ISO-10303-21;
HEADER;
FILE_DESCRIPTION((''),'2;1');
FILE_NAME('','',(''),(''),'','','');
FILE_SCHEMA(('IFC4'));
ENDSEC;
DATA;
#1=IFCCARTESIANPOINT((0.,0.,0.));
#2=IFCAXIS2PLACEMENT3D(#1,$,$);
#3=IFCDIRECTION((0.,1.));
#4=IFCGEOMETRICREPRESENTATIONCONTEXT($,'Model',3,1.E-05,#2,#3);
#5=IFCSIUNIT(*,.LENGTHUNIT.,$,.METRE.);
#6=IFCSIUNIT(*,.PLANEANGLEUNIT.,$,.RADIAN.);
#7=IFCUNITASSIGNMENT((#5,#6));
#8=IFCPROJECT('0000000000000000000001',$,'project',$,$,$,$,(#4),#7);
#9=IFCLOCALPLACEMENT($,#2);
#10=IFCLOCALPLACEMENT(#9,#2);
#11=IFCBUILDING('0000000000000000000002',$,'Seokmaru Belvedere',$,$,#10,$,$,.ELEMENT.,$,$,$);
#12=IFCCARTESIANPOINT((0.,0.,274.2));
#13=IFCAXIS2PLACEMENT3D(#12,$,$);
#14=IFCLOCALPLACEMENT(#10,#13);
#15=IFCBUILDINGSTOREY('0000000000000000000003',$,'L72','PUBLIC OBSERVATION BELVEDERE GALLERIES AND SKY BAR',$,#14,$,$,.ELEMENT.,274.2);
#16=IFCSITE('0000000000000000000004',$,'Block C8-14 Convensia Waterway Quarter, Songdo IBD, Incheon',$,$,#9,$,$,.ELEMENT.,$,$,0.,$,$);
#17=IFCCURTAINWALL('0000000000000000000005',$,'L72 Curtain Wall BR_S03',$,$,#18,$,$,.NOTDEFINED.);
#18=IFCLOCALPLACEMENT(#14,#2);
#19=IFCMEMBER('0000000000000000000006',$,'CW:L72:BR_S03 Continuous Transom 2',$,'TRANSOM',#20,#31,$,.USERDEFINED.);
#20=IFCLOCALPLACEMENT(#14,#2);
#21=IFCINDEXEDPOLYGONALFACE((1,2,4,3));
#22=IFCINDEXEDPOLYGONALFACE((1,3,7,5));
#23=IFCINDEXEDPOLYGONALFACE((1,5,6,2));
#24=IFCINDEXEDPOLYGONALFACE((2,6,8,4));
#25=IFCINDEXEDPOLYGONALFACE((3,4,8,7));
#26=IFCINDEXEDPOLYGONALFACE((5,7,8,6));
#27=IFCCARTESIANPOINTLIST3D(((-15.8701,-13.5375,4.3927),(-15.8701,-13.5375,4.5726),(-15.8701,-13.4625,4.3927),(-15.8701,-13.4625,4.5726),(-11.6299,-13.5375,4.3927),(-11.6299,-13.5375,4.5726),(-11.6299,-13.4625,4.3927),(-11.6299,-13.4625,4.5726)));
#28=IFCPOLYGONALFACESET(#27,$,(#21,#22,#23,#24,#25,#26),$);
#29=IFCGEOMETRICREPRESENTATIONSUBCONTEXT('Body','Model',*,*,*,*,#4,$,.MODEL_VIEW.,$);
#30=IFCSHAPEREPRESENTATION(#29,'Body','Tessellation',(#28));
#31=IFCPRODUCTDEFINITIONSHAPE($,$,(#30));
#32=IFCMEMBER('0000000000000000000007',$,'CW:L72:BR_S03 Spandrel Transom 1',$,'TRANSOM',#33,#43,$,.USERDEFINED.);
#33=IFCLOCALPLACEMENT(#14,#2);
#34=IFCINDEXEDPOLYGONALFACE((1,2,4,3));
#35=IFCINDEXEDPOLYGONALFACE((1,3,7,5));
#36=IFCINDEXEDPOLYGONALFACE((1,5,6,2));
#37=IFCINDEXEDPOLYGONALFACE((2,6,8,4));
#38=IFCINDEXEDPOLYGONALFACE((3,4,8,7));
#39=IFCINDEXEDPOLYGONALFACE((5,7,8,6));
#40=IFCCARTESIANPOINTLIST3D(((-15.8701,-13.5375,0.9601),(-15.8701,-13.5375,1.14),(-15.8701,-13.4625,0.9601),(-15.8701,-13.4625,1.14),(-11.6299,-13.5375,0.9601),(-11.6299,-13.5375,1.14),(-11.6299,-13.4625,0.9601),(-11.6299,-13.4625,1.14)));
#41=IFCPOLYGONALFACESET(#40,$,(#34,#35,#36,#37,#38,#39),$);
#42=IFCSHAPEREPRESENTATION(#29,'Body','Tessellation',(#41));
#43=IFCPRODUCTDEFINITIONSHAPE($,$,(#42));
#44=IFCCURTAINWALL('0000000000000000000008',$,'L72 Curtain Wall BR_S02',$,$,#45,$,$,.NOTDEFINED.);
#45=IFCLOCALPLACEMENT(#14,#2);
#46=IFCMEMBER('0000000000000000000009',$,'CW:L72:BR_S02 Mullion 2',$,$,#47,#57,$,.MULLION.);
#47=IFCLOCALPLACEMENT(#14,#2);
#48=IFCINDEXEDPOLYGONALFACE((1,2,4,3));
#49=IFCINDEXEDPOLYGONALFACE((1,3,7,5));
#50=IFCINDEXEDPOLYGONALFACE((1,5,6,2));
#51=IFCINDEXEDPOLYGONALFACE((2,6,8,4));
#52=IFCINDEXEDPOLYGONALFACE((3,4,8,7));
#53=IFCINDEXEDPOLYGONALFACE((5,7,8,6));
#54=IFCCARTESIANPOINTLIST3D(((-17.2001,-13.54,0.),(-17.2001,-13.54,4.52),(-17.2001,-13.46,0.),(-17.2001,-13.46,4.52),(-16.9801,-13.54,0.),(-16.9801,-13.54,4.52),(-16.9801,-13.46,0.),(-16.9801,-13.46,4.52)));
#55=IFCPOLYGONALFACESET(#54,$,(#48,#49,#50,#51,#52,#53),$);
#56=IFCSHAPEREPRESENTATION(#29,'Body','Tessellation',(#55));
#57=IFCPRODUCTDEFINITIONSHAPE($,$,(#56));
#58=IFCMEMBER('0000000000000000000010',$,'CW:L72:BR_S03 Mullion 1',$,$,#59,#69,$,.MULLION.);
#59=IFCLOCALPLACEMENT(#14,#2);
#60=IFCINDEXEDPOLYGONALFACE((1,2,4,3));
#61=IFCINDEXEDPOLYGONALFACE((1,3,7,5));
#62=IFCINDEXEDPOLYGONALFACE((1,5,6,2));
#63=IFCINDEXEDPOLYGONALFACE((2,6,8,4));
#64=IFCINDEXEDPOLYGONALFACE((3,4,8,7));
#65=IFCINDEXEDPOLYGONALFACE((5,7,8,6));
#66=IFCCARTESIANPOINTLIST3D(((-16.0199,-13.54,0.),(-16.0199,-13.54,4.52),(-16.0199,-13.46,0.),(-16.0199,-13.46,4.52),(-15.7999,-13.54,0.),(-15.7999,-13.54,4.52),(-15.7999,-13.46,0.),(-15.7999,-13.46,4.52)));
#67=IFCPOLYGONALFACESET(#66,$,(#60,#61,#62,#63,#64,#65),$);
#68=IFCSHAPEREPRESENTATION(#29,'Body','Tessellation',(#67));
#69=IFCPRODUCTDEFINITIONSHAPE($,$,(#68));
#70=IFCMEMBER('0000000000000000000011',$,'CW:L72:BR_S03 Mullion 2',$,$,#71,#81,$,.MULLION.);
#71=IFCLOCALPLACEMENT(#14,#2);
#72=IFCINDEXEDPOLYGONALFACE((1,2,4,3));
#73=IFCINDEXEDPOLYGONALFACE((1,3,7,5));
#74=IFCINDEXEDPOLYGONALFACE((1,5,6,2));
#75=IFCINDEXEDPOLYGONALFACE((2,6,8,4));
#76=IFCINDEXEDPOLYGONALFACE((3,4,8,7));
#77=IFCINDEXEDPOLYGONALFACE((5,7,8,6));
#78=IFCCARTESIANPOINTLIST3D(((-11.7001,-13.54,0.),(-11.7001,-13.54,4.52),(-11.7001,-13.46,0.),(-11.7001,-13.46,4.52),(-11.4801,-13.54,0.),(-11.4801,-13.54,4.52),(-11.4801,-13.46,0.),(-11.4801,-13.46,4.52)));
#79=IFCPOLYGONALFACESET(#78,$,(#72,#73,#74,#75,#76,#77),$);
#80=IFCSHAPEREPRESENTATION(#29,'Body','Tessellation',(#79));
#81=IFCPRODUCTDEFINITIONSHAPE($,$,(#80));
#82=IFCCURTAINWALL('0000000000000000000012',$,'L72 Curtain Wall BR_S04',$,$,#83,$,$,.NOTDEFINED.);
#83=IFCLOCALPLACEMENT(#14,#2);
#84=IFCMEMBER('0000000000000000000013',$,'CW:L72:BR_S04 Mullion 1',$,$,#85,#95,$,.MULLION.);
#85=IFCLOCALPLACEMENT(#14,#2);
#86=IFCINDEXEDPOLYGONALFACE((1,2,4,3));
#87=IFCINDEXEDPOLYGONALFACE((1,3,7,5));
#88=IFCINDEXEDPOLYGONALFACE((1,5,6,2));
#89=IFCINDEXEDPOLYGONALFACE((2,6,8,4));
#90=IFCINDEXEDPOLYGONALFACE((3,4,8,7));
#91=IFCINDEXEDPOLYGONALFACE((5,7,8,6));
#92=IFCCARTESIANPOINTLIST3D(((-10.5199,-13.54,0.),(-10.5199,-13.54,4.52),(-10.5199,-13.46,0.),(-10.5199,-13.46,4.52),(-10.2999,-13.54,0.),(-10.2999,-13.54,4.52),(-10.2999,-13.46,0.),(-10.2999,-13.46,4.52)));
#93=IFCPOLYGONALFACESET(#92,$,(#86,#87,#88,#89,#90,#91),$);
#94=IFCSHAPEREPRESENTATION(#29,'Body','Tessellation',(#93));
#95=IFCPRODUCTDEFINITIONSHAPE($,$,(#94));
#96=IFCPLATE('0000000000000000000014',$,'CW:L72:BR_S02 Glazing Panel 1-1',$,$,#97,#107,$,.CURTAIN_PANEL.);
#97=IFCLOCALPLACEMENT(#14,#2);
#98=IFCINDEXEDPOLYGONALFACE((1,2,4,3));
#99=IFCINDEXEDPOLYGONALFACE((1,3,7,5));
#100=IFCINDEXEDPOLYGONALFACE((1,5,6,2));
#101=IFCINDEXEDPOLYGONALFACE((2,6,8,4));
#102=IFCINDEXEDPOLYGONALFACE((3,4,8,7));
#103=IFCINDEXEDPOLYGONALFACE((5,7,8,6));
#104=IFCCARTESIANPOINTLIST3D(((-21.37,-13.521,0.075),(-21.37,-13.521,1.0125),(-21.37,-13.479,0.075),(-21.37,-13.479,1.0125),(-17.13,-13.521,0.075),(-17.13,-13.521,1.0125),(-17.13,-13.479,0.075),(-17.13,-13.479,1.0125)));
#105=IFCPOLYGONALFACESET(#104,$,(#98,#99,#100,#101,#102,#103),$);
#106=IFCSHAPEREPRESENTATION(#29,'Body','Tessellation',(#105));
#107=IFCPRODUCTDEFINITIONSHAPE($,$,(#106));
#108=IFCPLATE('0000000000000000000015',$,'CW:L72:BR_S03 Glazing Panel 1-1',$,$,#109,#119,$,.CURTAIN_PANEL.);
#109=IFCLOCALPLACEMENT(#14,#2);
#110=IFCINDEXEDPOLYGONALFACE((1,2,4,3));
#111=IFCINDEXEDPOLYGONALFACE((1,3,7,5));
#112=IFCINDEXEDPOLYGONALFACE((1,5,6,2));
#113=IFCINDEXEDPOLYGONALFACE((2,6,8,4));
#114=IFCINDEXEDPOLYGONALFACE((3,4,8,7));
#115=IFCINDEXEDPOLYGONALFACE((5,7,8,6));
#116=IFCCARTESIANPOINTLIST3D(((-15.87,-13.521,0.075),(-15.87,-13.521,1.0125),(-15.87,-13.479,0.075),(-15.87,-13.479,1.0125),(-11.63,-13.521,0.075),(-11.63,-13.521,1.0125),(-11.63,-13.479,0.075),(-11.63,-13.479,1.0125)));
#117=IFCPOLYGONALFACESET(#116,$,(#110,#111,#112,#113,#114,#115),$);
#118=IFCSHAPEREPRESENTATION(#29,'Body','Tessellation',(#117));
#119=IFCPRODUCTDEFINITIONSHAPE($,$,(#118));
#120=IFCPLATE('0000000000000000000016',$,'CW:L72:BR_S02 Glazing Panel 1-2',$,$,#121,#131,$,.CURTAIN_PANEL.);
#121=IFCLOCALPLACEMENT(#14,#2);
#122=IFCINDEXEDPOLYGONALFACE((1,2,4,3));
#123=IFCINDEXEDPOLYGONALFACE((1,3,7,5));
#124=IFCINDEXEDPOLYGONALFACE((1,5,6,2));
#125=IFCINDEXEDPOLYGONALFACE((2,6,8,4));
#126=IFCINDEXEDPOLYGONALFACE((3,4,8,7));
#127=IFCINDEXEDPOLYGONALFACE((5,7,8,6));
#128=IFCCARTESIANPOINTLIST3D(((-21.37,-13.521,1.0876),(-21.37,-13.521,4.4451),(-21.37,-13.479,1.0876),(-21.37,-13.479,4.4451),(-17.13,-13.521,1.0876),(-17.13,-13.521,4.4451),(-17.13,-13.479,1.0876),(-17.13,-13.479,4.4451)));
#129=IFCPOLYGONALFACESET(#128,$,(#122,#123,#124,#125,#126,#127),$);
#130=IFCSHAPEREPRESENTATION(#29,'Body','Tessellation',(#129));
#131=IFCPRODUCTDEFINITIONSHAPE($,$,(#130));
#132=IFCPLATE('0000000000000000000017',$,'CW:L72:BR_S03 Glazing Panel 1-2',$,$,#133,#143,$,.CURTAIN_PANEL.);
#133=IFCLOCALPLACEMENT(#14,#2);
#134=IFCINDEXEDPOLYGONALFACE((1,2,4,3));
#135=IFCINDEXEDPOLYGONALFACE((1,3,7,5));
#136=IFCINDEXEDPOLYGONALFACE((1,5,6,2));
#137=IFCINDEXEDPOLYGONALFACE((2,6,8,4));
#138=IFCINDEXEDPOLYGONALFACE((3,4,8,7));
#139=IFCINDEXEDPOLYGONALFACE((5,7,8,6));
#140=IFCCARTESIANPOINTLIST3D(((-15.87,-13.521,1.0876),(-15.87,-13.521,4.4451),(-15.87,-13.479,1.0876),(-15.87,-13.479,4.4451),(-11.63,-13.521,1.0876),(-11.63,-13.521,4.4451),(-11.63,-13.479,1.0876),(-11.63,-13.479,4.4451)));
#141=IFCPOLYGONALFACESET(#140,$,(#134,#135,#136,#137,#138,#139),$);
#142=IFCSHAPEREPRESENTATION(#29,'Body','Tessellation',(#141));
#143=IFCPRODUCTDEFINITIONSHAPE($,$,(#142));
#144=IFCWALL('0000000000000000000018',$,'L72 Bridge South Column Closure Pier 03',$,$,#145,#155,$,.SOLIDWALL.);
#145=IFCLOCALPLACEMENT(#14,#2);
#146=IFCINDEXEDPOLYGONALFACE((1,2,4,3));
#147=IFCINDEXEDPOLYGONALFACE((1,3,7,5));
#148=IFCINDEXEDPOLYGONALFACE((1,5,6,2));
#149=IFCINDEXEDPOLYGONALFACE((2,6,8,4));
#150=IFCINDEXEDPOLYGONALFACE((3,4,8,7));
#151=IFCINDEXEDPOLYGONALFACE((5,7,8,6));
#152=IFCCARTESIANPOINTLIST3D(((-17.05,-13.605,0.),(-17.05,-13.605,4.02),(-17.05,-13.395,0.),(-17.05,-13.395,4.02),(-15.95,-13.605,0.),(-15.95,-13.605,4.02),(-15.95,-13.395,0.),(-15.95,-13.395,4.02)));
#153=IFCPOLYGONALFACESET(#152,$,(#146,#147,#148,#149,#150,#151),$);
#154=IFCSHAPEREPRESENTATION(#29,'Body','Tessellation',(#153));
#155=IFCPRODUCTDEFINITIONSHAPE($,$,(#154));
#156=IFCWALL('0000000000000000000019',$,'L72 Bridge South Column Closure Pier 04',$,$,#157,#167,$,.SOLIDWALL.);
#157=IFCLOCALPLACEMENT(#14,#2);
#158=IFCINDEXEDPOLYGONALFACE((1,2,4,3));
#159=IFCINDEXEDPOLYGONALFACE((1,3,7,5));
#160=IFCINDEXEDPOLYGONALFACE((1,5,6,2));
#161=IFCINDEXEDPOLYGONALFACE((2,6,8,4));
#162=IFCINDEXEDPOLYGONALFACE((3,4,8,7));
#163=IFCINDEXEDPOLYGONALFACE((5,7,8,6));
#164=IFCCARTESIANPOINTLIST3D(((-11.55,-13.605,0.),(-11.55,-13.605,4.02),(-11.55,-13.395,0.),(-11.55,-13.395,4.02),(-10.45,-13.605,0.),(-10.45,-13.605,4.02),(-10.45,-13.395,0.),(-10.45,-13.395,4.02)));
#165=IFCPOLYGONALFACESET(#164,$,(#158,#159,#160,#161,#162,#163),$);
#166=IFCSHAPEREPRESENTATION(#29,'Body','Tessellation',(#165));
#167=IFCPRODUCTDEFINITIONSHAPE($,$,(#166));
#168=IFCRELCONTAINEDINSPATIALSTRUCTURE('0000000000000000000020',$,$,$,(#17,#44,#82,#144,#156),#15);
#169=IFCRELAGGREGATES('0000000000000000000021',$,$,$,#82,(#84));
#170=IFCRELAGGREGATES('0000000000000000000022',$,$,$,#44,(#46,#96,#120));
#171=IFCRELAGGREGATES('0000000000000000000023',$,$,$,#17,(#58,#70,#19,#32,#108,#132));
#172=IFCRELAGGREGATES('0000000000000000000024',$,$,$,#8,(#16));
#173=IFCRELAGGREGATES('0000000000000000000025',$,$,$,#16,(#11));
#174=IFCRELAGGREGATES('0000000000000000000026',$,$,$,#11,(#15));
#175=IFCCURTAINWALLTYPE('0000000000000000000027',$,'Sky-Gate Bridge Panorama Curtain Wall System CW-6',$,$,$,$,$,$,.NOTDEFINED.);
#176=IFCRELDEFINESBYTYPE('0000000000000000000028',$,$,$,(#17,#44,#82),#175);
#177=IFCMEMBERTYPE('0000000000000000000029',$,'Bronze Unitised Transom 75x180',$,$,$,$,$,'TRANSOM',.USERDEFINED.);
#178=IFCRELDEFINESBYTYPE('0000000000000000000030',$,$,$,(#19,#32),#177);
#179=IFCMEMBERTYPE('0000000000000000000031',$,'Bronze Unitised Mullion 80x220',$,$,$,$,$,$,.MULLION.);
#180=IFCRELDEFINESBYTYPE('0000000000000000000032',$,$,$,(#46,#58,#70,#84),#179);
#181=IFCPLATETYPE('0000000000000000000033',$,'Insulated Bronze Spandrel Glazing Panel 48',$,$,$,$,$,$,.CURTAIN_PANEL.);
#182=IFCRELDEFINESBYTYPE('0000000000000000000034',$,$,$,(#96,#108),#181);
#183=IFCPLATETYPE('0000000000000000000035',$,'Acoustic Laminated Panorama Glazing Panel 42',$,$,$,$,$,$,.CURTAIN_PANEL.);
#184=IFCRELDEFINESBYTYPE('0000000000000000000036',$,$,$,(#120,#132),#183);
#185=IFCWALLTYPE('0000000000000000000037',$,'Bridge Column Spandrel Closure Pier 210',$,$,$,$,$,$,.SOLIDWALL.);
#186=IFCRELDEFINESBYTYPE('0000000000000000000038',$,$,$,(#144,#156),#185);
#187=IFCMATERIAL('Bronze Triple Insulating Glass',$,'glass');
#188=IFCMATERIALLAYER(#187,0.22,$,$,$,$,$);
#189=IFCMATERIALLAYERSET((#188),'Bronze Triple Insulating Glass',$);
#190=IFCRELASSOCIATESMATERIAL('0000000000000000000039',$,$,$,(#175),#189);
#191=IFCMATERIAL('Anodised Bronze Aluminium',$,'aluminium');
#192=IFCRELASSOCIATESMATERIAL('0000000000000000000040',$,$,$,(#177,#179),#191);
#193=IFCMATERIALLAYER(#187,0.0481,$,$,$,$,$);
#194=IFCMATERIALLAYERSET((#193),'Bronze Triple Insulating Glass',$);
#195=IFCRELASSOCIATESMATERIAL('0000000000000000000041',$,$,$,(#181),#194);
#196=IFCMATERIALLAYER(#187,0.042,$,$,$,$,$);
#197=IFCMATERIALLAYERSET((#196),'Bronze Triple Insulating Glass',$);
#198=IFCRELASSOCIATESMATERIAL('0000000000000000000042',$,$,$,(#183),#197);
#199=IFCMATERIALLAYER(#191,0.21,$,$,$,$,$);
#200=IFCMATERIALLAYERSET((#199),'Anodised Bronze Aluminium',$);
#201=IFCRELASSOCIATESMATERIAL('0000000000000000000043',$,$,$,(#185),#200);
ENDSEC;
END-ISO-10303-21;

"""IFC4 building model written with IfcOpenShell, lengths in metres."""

from ifc_helpers import new_model, si_unit, direction, frame, frame_2d, origin, origin_2d, place, context, subcontext, project, spatial, rectangle, extrude, source, transform, mapped, material, layer, layer_set, material_profile, profile_set, type_object, type_shapes, element, aggregate, save


model = new_model("IFC4")

# Units and contexts
model_context = context("Model", 3, precision=1e-05, world=origin(), true_north=direction((0.0, 1.0)))
body_context = subcontext(model_context, "Body", "Model", "MODEL_VIEW")
ifc_project = project(units=[si_unit("LENGTHUNIT", "METRE"), si_unit("PLANEANGLEUNIT", "RADIAN")], contexts=[model_context])

# Site, building, storey
site_placement = place(None, origin())
site = spatial("IfcSite", under=ifc_project, at=site_placement, Name="Block C8-14 Convensia Waterway Quarter, Songdo IBD, Incheon", CompositionType="ELEMENT", RefElevation=0.0)
building_placement = place(site_placement, origin())
building = spatial("IfcBuilding", under=site, at=building_placement, Name="Seokmaru Belvedere", CompositionType="ELEMENT")
storey_placement = place(building_placement, frame((0.0, 0.0, 274.2)))
storey = spatial("IfcBuildingStorey", under=building, at=storey_placement, Name="L72", Description="PUBLIC OBSERVATION BELVEDERE GALLERIES AND SKY BAR", CompositionType="ELEMENT", Elevation=274.2)

# Curtain wall, members
ifc_material_1 = material(Name="Bronze Triple Insulating Glass", Category="glass")
ifc_layer_1 = layer(ifc_material_1, 0.22)
ifc_layer_set_1 = layer_set([ifc_layer_1], Name="Bronze Triple Insulating Glass")
curtain_wall_type = type_object("IfcCurtainWallType", Name="Sky-Gate Bridge Panorama Curtain Wall System CW-6", PredefinedType="NOTDEFINED", material=ifc_layer_set_1)
curtain_wall_1_placement = place(storey_placement, origin())
curtain_wall_1 = element("IfcCurtainWall", 1, at=curtain_wall_1_placement, inside=storey, type_object=curtain_wall_type, Name="L72 Curtain Wall BR_S03", PredefinedType="NOTDEFINED")
ifc_material_2 = material(Name="Anodised Bronze Aluminium", Category="aluminium")
ifc_material_profile_1 = material_profile(ifc_material_2, rectangle(XDim=0.075, YDim=0.1799, at=origin_2d()), Name="CW-T-75x180")
ifc_profile_set_1 = profile_set([ifc_material_profile_1], Name="Anodised Bronze Aluminium")
member_type_1 = type_object("IfcMemberType", Name="Bronze Unitised Transom 75x180", ElementType="TRANSOM", PredefinedType="USERDEFINED", material=ifc_profile_set_1)
shared_shape_1 = source(origin(), body_context, "Body", "SweptSolid", [
    extrude(rectangle(XDim=0.075, YDim=0.1799, at=origin_2d()), origin(), (0.0, 0.0, 1.0), 4.2402),
])
type_shapes(member_type_1, [shared_shape_1])
member_1_placement = place(storey_placement, frame((-15.8701, -13.5, 4.4827), z_axis=(1.0, 0.0, 0.0), x_axis=(0.0, 1.0, 0.0)))
member_1 = element("IfcMember", 2, at=member_1_placement, type_object=member_type_1, Name="CW:L72:BR_S03 Continuous Transom 2", ObjectType="TRANSOM", PredefinedType="USERDEFINED", context=body_context, shape_type="MappedRepresentation", body=[
    mapped(shared_shape_1, transform((0.0, 0.0, 0.0), scale=1.0)),
])
member_2_placement = place(storey_placement, frame((-15.8701, -13.5, 1.05), z_axis=(1.0, 0.0, 0.0), x_axis=(0.0, 1.0, 0.0)))
member_2 = element("IfcMember", 3, at=member_2_placement, type_object=member_type_1, Name="CW:L72:BR_S03 Spandrel Transom 1", ObjectType="TRANSOM", PredefinedType="USERDEFINED", context=body_context, shape_type="MappedRepresentation", body=[
    mapped(shared_shape_1, transform((0.0, 0.0, 0.0), scale=1.0)),
])

# Curtain wall, member
curtain_wall_2_placement = place(storey_placement, origin())
curtain_wall_2 = element("IfcCurtainWall", 4, at=curtain_wall_2_placement, inside=storey, type_object=curtain_wall_type, Name="L72 Curtain Wall BR_S02", PredefinedType="NOTDEFINED")
ifc_material_profile_2 = material_profile(ifc_material_2, rectangle(XDim=0.0801, YDim=0.22, at=origin_2d()), Name="CW-M-80x220")
ifc_profile_set_2 = profile_set([ifc_material_profile_2], Name="Anodised Bronze Aluminium")
member_type_2 = type_object("IfcMemberType", Name="Bronze Unitised Mullion 80x220", PredefinedType="MULLION", material=ifc_profile_set_2)
shared_shape_2 = source(origin(), body_context, "Body", "SweptSolid", [
    extrude(rectangle(XDim=0.0801, YDim=0.22, at=origin_2d()), origin(), (0.0, 0.0, 1.0), 4.52),
])
type_shapes(member_type_2, [shared_shape_2])
member_3_placement = place(storey_placement, frame((-17.0901, -13.5, 0.0), z_axis=(0.0, 0.0, 1.0), x_axis=(0.0, 1.0, 0.0)))
member_3 = element("IfcMember", 5, at=member_3_placement, type_object=member_type_2, Name="CW:L72:BR_S02 Mullion 2", PredefinedType="MULLION", context=body_context, shape_type="MappedRepresentation", body=[
    mapped(shared_shape_2, transform((0.0, 0.0, 0.0), scale=1.0)),
])

# Members
member_4_placement = place(storey_placement, frame((-15.9099, -13.5, 0.0), z_axis=(0.0, 0.0, 1.0), x_axis=(0.0, 1.0, 0.0)))
member_4 = element("IfcMember", 6, at=member_4_placement, type_object=member_type_2, Name="CW:L72:BR_S03 Mullion 1", PredefinedType="MULLION", context=body_context, shape_type="MappedRepresentation", body=[
    mapped(shared_shape_2, transform((0.0, 0.0, 0.0), scale=1.0)),
])
member_5_placement = place(storey_placement, frame((-11.5901, -13.5, 0.0), z_axis=(0.0, 0.0, 1.0), x_axis=(0.0, 1.0, 0.0)))
member_5 = element("IfcMember", 7, at=member_5_placement, type_object=member_type_2, Name="CW:L72:BR_S03 Mullion 2", PredefinedType="MULLION", context=body_context, shape_type="MappedRepresentation", body=[
    mapped(shared_shape_2, transform((0.0, 0.0, 0.0), scale=1.0)),
])

# Curtain wall, member
curtain_wall_3_placement = place(storey_placement, origin())
curtain_wall_3 = element("IfcCurtainWall", 8, at=curtain_wall_3_placement, inside=storey, type_object=curtain_wall_type, Name="L72 Curtain Wall BR_S04", PredefinedType="NOTDEFINED")
member_6_placement = place(storey_placement, frame((-10.4099, -13.5, 0.0), z_axis=(0.0, 0.0, 1.0), x_axis=(0.0, 1.0, 0.0)))
member_6 = element("IfcMember", 9, at=member_6_placement, type_object=member_type_2, Name="CW:L72:BR_S04 Mullion 1", PredefinedType="MULLION", context=body_context, shape_type="MappedRepresentation", body=[
    mapped(shared_shape_2, transform((0.0, 0.0, 0.0), scale=1.0)),
])
aggregate(curtain_wall_3, [member_6])

# Plates
ifc_layer_2 = layer(ifc_material_1, 0.0481)
ifc_layer_set_2 = layer_set([ifc_layer_2], Name="Bronze Triple Insulating Glass")
plate_type_1 = type_object("IfcPlateType", Name="Insulated Bronze Spandrel Glazing Panel 48", PredefinedType="CURTAIN_PANEL", material=ifc_layer_set_2)
shared_shape_3 = source(origin(), body_context, "Body", "SweptSolid", [
    extrude(rectangle(XDim=4.24, YDim=0.042, at=origin_2d()), origin(), (0.0, 0.0, 1.0), 0.9375),
])
type_shapes(plate_type_1, [shared_shape_3])
plate_1_placement = place(storey_placement, frame((-19.25, -13.5, 0.075), z_axis=(0.0, 0.0, 1.0), x_axis=(1.0, 0.0, 0.0)))
plate_1 = element("IfcPlate", 10, at=plate_1_placement, type_object=plate_type_1, Name="CW:L72:BR_S02 Glazing Panel 1-1", PredefinedType="CURTAIN_PANEL", context=body_context, shape_type="MappedRepresentation", body=[
    mapped(shared_shape_3, transform((0.0, 0.0, 0.0), scale=1.0)),
])
plate_2_placement = place(storey_placement, frame((-13.75, -13.5, 0.075), z_axis=(0.0, 0.0, 1.0), x_axis=(1.0, 0.0, 0.0)))
plate_2 = element("IfcPlate", 11, at=plate_2_placement, type_object=plate_type_1, Name="CW:L72:BR_S03 Glazing Panel 1-1", PredefinedType="CURTAIN_PANEL", context=body_context, shape_type="MappedRepresentation", body=[
    mapped(shared_shape_3, transform((0.0, 0.0, 0.0), scale=1.0)),
])
ifc_layer_3 = layer(ifc_material_1, 0.042)
ifc_layer_set_3 = layer_set([ifc_layer_3], Name="Bronze Triple Insulating Glass")
plate_type_2 = type_object("IfcPlateType", Name="Acoustic Laminated Panorama Glazing Panel 42", PredefinedType="CURTAIN_PANEL", material=ifc_layer_set_3)
shared_shape_4 = source(origin(), body_context, "Body", "SweptSolid", [
    extrude(rectangle(XDim=4.24, YDim=0.042, at=origin_2d()), origin(), (0.0, 0.0, 1.0), 3.3574),
])
type_shapes(plate_type_2, [shared_shape_4])
plate_3_placement = place(storey_placement, frame((-19.25, -13.5, 1.0876), z_axis=(0.0, 0.0, 1.0), x_axis=(1.0, 0.0, 0.0)))
plate_3 = element("IfcPlate", 12, at=plate_3_placement, type_object=plate_type_2, Name="CW:L72:BR_S02 Glazing Panel 1-2", PredefinedType="CURTAIN_PANEL", context=body_context, shape_type="MappedRepresentation", body=[
    mapped(shared_shape_4, transform((0.0, 0.0, 0.0), scale=1.0)),
])
aggregate(curtain_wall_2, [member_3, plate_1, plate_3])
plate_4_placement = place(storey_placement, frame((-13.75, -13.5, 1.0876), z_axis=(0.0, 0.0, 1.0), x_axis=(1.0, 0.0, 0.0)))
plate_4 = element("IfcPlate", 13, at=plate_4_placement, type_object=plate_type_2, Name="CW:L72:BR_S03 Glazing Panel 1-2", PredefinedType="CURTAIN_PANEL", context=body_context, shape_type="MappedRepresentation", body=[
    mapped(shared_shape_4, transform((0.0, 0.0, 0.0), scale=1.0)),
])
aggregate(curtain_wall_1, [member_4, member_5, member_1, member_2, plate_2, plate_4])

# Walls
ifc_layer_4 = layer(ifc_material_2, 0.21)
ifc_layer_set_4 = layer_set([ifc_layer_4], Name="Anodised Bronze Aluminium")
wall_type = type_object("IfcWallType", Name="Bridge Column Spandrel Closure Pier 210", PredefinedType="SOLIDWALL", material=ifc_layer_set_4)
for number, where, z_axis, x_axis, name in (
    (14, (-17.05, -13.5, 0.0), (0.0, 0.0, 1.0), (1.0, 0.0, 0.0), "L72 Bridge South Column Closure Pier 03"),
    (15, (-11.55, -13.5, 0.0), (0.0, 0.0, 1.0), (1.0, 0.0, 0.0), "L72 Bridge South Column Closure Pier 04"),
):
    element("IfcWall", number, at=place(storey_placement, frame(where, z_axis=z_axis, x_axis=x_axis)), inside=storey, type_object=wall_type, Name=name, PredefinedType="SOLIDWALL", context=body_context, shape_type="SweptSolid", body=[
        extrude(rectangle(XDim=1.1001, YDim=0.21, at=frame_2d((0.55, 0.0))), origin(), (0.0, 0.0, 1.0), 4.02),
    ])

save(model, "model.ifc")
